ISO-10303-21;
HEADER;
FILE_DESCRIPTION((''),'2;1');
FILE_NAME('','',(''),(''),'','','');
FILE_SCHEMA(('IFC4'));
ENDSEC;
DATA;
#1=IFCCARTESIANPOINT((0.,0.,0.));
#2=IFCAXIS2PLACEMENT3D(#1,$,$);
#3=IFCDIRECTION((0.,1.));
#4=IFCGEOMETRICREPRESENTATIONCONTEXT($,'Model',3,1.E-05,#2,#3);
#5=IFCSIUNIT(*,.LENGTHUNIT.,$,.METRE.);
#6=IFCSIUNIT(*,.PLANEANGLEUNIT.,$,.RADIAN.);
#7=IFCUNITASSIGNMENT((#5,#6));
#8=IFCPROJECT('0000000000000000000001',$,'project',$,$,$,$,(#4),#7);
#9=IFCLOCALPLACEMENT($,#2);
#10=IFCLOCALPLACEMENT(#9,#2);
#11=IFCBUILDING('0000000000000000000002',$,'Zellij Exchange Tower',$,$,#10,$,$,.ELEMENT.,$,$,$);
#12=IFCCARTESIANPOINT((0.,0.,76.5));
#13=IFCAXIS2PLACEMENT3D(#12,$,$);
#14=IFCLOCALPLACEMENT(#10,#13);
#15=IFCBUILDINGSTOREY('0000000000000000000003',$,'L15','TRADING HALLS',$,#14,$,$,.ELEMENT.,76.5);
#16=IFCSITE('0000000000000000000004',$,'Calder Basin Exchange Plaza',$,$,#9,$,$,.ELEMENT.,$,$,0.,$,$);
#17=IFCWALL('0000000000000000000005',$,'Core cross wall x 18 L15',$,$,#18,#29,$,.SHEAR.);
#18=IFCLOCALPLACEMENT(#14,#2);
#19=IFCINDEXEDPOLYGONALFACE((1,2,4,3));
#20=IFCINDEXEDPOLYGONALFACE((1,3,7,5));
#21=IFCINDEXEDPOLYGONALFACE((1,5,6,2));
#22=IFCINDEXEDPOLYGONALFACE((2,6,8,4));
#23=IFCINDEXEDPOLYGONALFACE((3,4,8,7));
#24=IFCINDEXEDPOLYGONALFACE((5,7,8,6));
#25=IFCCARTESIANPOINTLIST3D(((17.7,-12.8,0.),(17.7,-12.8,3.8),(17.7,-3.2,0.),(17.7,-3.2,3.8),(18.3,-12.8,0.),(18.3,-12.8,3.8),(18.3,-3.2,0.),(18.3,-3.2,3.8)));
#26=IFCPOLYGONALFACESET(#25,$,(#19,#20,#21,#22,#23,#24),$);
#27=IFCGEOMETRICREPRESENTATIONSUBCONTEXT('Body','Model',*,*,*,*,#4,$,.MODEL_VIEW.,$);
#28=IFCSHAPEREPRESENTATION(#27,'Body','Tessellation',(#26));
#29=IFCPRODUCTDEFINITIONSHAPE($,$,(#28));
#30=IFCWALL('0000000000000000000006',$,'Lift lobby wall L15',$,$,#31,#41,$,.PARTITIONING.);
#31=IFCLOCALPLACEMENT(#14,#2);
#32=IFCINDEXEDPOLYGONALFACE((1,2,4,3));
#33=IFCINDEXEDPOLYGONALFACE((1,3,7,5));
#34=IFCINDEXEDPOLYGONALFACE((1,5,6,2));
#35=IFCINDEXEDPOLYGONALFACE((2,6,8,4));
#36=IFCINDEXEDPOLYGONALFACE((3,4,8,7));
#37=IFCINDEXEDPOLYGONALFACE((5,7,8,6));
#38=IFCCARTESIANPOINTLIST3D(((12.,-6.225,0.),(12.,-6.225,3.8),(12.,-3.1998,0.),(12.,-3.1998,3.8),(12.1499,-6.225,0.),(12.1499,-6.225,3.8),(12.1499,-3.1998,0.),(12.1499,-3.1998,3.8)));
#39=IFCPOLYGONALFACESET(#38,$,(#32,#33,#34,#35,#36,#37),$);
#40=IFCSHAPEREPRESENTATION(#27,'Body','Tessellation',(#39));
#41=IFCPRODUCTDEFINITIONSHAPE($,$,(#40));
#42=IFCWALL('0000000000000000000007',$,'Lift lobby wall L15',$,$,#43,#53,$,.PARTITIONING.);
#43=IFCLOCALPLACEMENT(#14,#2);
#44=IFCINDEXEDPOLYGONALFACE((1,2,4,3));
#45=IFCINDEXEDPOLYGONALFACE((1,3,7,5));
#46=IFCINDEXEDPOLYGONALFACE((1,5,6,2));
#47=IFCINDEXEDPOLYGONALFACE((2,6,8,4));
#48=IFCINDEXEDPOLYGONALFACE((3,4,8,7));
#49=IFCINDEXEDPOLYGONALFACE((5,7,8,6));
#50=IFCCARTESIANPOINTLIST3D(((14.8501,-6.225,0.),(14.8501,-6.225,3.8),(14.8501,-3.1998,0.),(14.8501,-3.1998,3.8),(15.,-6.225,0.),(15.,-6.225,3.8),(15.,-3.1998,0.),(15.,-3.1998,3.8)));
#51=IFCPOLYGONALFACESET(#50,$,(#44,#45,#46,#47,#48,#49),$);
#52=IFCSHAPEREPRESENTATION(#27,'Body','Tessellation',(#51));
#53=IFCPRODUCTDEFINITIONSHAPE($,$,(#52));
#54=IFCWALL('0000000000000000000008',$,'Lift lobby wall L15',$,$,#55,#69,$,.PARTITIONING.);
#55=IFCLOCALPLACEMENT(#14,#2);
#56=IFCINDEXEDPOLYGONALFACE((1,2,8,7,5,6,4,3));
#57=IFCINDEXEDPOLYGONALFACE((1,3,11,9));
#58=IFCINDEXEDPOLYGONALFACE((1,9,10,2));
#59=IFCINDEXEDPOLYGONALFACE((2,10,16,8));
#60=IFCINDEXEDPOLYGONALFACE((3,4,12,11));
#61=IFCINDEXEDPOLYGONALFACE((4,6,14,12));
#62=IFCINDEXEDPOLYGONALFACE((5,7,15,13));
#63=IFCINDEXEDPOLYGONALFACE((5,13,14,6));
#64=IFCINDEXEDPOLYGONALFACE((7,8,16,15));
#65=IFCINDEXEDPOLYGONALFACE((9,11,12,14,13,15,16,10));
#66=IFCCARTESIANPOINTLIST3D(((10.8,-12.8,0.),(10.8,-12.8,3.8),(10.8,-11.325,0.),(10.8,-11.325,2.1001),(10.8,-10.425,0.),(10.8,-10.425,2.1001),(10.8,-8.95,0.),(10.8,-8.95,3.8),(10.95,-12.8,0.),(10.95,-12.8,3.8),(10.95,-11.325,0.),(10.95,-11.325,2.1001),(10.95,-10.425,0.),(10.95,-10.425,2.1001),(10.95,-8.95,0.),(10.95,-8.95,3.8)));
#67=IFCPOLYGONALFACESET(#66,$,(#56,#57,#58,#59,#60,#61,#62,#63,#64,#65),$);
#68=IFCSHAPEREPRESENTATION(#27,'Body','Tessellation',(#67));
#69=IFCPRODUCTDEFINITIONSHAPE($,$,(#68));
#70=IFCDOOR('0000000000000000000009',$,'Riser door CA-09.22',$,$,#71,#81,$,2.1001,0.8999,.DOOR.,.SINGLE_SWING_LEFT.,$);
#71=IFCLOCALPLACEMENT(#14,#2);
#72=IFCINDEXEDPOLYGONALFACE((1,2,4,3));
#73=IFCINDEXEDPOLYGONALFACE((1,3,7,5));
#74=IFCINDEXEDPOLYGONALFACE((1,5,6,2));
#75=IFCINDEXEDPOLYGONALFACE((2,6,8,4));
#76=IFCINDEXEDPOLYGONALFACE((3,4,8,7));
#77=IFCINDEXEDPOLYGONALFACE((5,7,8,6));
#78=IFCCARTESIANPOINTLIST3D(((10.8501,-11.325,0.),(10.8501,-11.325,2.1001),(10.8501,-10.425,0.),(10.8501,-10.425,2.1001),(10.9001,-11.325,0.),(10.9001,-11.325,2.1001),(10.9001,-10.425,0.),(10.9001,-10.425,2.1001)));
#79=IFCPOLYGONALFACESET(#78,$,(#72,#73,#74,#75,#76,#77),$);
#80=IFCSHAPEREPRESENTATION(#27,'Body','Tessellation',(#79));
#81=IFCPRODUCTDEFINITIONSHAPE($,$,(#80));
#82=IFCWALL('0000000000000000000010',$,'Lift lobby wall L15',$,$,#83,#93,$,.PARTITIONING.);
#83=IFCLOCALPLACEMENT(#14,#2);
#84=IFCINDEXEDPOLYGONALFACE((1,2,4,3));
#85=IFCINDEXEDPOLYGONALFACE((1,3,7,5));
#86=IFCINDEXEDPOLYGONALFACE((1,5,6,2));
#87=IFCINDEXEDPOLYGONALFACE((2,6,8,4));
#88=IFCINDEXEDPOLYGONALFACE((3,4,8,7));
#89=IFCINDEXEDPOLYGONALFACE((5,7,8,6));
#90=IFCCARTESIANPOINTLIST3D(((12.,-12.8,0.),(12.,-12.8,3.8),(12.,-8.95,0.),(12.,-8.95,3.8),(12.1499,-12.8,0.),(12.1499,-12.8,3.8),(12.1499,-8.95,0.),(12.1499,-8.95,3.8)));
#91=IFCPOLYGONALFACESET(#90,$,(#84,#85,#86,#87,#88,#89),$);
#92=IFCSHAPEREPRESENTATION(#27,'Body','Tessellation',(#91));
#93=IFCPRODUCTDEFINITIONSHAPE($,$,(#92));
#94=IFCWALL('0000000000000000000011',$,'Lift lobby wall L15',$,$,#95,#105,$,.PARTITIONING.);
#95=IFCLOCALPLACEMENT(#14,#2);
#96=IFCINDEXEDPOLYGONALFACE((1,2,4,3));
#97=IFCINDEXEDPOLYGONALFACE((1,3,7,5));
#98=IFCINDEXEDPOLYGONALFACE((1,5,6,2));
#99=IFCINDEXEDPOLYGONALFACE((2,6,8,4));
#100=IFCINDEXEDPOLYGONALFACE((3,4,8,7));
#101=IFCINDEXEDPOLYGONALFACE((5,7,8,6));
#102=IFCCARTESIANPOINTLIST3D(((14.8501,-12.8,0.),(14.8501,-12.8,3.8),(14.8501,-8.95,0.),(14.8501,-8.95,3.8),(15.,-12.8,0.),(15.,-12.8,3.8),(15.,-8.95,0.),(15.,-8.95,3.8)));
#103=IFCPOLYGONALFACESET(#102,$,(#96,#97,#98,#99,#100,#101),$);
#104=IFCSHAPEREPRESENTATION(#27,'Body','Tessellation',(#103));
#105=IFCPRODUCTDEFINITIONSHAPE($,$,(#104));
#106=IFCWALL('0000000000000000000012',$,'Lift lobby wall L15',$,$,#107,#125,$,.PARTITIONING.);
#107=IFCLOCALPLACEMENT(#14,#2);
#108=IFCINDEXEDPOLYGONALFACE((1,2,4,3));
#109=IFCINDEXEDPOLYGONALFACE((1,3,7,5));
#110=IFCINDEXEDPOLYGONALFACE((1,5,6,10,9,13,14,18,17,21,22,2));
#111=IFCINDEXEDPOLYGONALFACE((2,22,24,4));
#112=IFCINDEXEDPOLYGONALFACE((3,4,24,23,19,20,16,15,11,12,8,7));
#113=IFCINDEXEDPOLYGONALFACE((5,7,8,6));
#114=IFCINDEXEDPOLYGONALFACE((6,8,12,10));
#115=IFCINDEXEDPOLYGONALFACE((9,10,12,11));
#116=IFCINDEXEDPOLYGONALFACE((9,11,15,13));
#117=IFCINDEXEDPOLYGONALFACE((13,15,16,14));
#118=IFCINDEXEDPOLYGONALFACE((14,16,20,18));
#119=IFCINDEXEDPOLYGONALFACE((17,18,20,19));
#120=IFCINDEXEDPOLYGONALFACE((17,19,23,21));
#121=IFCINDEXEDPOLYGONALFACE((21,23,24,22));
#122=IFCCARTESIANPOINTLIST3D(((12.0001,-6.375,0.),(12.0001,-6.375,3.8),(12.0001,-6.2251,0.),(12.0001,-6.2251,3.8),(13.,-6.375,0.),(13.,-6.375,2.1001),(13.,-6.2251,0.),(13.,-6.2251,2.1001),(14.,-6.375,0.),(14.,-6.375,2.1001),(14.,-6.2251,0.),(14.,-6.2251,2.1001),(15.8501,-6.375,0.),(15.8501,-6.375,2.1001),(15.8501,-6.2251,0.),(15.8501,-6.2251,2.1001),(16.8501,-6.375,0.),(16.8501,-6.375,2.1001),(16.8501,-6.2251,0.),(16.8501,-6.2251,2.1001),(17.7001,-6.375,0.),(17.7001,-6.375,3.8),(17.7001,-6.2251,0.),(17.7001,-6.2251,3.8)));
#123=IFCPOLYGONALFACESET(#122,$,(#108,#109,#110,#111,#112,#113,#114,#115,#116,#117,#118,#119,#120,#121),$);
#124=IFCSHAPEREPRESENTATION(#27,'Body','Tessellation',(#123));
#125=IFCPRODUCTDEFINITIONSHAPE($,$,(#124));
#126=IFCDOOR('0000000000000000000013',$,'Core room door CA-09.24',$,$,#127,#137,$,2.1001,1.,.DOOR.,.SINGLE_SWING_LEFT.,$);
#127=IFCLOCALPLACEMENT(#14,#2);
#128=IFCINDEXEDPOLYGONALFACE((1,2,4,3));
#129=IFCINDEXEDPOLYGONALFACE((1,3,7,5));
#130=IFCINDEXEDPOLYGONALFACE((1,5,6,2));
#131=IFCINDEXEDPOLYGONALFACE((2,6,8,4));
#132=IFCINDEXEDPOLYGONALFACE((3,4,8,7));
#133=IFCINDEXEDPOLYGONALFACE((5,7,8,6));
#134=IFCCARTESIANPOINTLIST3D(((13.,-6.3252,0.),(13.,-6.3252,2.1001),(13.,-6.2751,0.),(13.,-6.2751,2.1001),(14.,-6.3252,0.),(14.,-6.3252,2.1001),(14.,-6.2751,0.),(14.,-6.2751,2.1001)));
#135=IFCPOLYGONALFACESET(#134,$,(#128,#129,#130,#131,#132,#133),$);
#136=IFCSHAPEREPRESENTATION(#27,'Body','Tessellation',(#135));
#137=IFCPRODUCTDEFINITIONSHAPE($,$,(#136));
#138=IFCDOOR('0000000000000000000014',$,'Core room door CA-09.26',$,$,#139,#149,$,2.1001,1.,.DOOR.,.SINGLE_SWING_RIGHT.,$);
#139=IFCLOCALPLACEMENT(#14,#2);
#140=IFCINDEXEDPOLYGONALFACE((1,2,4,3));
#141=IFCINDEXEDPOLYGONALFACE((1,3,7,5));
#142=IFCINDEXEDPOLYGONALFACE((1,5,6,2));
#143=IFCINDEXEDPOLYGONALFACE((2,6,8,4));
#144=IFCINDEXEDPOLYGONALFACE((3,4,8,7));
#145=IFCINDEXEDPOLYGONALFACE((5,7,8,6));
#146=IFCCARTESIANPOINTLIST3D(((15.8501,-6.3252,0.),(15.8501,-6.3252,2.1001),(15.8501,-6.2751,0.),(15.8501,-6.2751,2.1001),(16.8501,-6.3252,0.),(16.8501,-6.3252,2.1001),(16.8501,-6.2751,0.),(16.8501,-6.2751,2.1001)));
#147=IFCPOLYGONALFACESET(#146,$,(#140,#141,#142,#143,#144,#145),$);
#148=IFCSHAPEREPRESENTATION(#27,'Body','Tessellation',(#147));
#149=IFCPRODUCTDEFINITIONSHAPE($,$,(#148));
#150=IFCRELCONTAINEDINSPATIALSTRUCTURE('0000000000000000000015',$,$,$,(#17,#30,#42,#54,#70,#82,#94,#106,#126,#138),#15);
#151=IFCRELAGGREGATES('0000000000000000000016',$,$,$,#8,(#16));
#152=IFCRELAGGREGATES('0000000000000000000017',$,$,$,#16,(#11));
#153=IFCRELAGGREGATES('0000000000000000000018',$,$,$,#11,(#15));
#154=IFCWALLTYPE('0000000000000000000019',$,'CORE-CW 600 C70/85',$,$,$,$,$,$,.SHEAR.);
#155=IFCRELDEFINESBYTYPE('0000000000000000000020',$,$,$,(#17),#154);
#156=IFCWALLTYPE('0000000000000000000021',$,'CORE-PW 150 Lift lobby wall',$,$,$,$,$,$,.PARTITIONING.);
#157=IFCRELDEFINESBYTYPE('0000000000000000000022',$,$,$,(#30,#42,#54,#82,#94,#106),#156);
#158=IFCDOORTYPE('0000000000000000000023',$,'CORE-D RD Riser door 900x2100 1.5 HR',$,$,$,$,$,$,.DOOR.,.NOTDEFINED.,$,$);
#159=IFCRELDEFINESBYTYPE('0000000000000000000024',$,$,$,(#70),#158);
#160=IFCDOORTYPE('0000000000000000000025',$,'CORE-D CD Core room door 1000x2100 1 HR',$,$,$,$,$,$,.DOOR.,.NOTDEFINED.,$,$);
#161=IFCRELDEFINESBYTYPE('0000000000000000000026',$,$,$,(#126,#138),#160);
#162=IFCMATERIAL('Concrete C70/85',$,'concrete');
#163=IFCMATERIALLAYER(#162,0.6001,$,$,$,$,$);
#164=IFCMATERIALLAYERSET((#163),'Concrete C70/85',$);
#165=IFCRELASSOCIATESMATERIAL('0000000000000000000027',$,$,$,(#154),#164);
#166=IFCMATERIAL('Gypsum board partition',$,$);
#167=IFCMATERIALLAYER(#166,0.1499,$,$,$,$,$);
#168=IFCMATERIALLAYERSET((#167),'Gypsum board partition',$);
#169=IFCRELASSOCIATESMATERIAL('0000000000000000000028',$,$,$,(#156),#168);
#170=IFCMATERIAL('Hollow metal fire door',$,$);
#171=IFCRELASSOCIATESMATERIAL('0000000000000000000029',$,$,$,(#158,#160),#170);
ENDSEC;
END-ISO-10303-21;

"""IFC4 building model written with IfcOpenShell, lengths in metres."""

from ifc_helpers import new_model, si_unit, direction, frame, frame_2d, origin, place, context, subcontext, project, spatial, rectangle, extrude, material, layer, layer_set, type_object, element, fill, save


model = new_model("IFC4")

# Units and contexts
model_context = context("Model", 3, precision=1e-05, world=origin(), true_north=direction((0.0, 1.0)))
body_context = subcontext(model_context, "Body", "Model", "MODEL_VIEW")
ifc_project = project(units=[si_unit("LENGTHUNIT", "METRE"), si_unit("PLANEANGLEUNIT", "RADIAN")], contexts=[model_context])

# Site, building, storey
site_placement = place(None, origin())
site = spatial("IfcSite", under=ifc_project, at=site_placement, Name="Calder Basin Exchange Plaza", CompositionType="ELEMENT", RefElevation=0.0)
building_placement = place(site_placement, origin())
building = spatial("IfcBuilding", under=site, at=building_placement, Name="Zellij Exchange Tower", CompositionType="ELEMENT")
storey_placement = place(building_placement, frame((0.0, 0.0, 76.5)))
storey = spatial("IfcBuildingStorey", under=building, at=storey_placement, Name="L15", Description="TRADING HALLS", CompositionType="ELEMENT", Elevation=76.5)

# Walls
ifc_material_1 = material(Name="Concrete C70/85", Category="concrete")
ifc_layer_1 = layer(ifc_material_1, 0.6001)
ifc_layer_set_1 = layer_set([ifc_layer_1], Name="Concrete C70/85")
wall_type_1 = type_object("IfcWallType", Name="CORE-CW 600 C70/85", PredefinedType="SHEAR", material=ifc_layer_set_1)
wall_1_placement = place(storey_placement, frame((18.0, -12.8, 0.0), z_axis=(0.0, 0.0, 1.0), x_axis=(0.0, 1.0, 0.0)))
element("IfcWall", 1, at=wall_1_placement, inside=storey, type_object=wall_type_1, Name="Core cross wall x 18 L15", PredefinedType="SHEAR", context=body_context, shape_type="SweptSolid", body=[
    extrude(rectangle(XDim=9.6001, YDim=0.6001, at=frame_2d((4.8, 0.0))), origin(), (0.0, 0.0, 1.0), 3.8),
])
ifc_material_2 = material(Name="Gypsum board partition")
ifc_layer_2 = layer(ifc_material_2, 0.1499)
ifc_layer_set_2 = layer_set([ifc_layer_2], Name="Gypsum board partition")
wall_type_2 = type_object("IfcWallType", Name="CORE-PW 150 Lift lobby wall", PredefinedType="PARTITIONING", material=ifc_layer_set_2)
for number, where, z_axis, x_axis, name in (
    (2, (12.075, -6.2251, 0.0), (0.0, 0.0, 1.0), (0.0, 1.0, 0.0), "Lift lobby wall L15"),
    (3, (14.925, -6.2251, 0.0), (0.0, 0.0, 1.0), (0.0, 1.0, 0.0), "Lift lobby wall L15"),
):
    element("IfcWall", number, at=place(storey_placement, frame(where, z_axis=z_axis, x_axis=x_axis)), inside=storey, type_object=wall_type_2, Name=name, PredefinedType="PARTITIONING", context=body_context, shape_type="SweptSolid", body=[
        extrude(rectangle(XDim=3.0251, YDim=0.1499, at=frame_2d((1.5127, 0.0))), origin(), (0.0, 0.0, 1.0), 3.8),
    ])

# Wall, opening, door
wall_2_placement = place(storey_placement, frame((10.875, -12.8, 0.0), z_axis=(0.0, 0.0, 1.0), x_axis=(0.0, 1.0, 0.0)))
wall_2 = element("IfcWall", 4, at=wall_2_placement, inside=storey, type_object=wall_type_2, Name="Lift lobby wall L15", PredefinedType="PARTITIONING", context=body_context, shape_type="SweptSolid", body=[
    extrude(rectangle(XDim=3.8501, YDim=0.1499, at=frame_2d((1.925, 0.0))), origin(), (0.0, 0.0, 1.0), 3.8),
])
opening_1_placement = place(wall_2_placement, frame((1.4751, 0.0, 0.0)))
opening_1 = element("IfcOpeningElement", 5, at=opening_1_placement, cuts=wall_2, PredefinedType="OPENING", context=body_context, shape_type="SweptSolid", body=[
    extrude(rectangle(XDim=0.8999, YDim=2.1001, at=frame_2d((0.45, 1.05))), frame((0.0, 0.0869, 0.0), z_axis=(0.0, -1.0, 0.0), x_axis=(1.0, 0.0, 0.0)), (0.0, 0.0, 1.0), 0.1738),
])
ifc_material_3 = material(Name="Hollow metal fire door")
door_type_1 = type_object("IfcDoorType", Name="CORE-D RD Riser door 900x2100 1.5 HR", OperationType="NOTDEFINED", PredefinedType="DOOR", material=ifc_material_3)
door_1_placement = place(opening_1_placement, origin())
door_1 = element("IfcDoor", 6, at=door_1_placement, inside=storey, type_object=door_type_1, Name="Riser door CA-09.22", OperationType="SINGLE_SWING_LEFT", OverallHeight=2.1001, OverallWidth=0.8999, PredefinedType="DOOR", context=body_context, shape_type="SweptSolid", body=[
    extrude(rectangle(XDim=0.8999, YDim=2.1001, at=frame_2d((0.45, 1.05))), frame((0.0, 0.0249, 0.0), z_axis=(0.0, -1.0, 0.0), x_axis=(1.0, 0.0, 0.0)), (0.0, 0.0, 1.0), 0.05),
])
fill(opening_1, door_1)

# Walls
for number, where, z_axis, x_axis, name in (
    (7, (12.075, -12.8, 0.0), (0.0, 0.0, 1.0), (0.0, 1.0, 0.0), "Lift lobby wall L15"),
    (8, (14.925, -12.8, 0.0), (0.0, 0.0, 1.0), (0.0, 1.0, 0.0), "Lift lobby wall L15"),
):
    element("IfcWall", number, at=place(storey_placement, frame(where, z_axis=z_axis, x_axis=x_axis)), inside=storey, type_object=wall_type_2, Name=name, PredefinedType="PARTITIONING", context=body_context, shape_type="SweptSolid", body=[
        extrude(rectangle(XDim=3.8501, YDim=0.1499, at=frame_2d((1.925, 0.0))), origin(), (0.0, 0.0, 1.0), 3.8),
    ])

# Wall, openings, doors
wall_3_placement = place(storey_placement, frame((12.0, -6.3, 0.0), z_axis=(0.0, 0.0, 1.0), x_axis=(1.0, 0.0, 0.0)))
wall_3 = element("IfcWall", 9, at=wall_3_placement, inside=storey, type_object=wall_type_2, Name="Lift lobby wall L15", PredefinedType="PARTITIONING", context=body_context, shape_type="SweptSolid", body=[
    extrude(rectangle(XDim=5.7, YDim=0.1499, at=frame_2d((2.8501, 0.0))), origin(), (0.0, 0.0, 1.0), 3.8),
])
opening_2_placement = place(wall_3_placement, frame((1.0, 0.0, 0.0)))
opening_2 = element("IfcOpeningElement", 10, at=opening_2_placement, cuts=wall_3, PredefinedType="OPENING", context=body_context, shape_type="SweptSolid", body=[
    extrude(rectangle(XDim=1.0, YDim=2.1001, at=frame_2d((0.5, 1.05))), frame((0.0, 0.0869, 0.0), z_axis=(0.0, -1.0, 0.0), x_axis=(1.0, 0.0, 0.0)), (0.0, 0.0, 1.0), 0.1738),
])
opening_3_placement = place(wall_3_placement, frame((3.8501, 0.0, 0.0)))
opening_3 = element("IfcOpeningElement", 11, at=opening_3_placement, cuts=wall_3, PredefinedType="OPENING", context=body_context, shape_type="SweptSolid", body=[
    extrude(rectangle(XDim=1.0, YDim=2.1001, at=frame_2d((0.5, 1.05))), frame((0.0, 0.0869, 0.0), z_axis=(0.0, -1.0, 0.0), x_axis=(1.0, 0.0, 0.0)), (0.0, 0.0, 1.0), 0.1738),
])
door_type_2 = type_object("IfcDoorType", Name="CORE-D CD Core room door 1000x2100 1 HR", OperationType="NOTDEFINED", PredefinedType="DOOR", material=ifc_material_3)
door_2_placement = place(opening_2_placement, origin())
door_2 = element("IfcDoor", 12, at=door_2_placement, inside=storey, type_object=door_type_2, Name="Core room door CA-09.24", OperationType="SINGLE_SWING_LEFT", OverallHeight=2.1001, OverallWidth=1.0, PredefinedType="DOOR", context=body_context, shape_type="SweptSolid", body=[
    extrude(rectangle(XDim=1.0, YDim=2.1001, at=frame_2d((0.5, 1.05))), frame((0.0, 0.0249, 0.0), z_axis=(0.0, -1.0, 0.0), x_axis=(1.0, 0.0, 0.0)), (0.0, 0.0, 1.0), 0.05),
])
fill(opening_2, door_2)
door_3_placement = place(opening_3_placement, origin())
door_3 = element("IfcDoor", 13, at=door_3_placement, inside=storey, type_object=door_type_2, Name="Core room door CA-09.26", OperationType="SINGLE_SWING_RIGHT", OverallHeight=2.1001, OverallWidth=1.0, PredefinedType="DOOR", context=body_context, shape_type="SweptSolid", body=[
    extrude(rectangle(XDim=1.0, YDim=2.1001, at=frame_2d((0.5, 1.05))), frame((0.0, 0.0249, 0.0), z_axis=(0.0, -1.0, 0.0), x_axis=(1.0, 0.0, 0.0)), (0.0, 0.0, 1.0), 0.05),
])
fill(opening_3, door_3)

save(model, "model.ifc")
